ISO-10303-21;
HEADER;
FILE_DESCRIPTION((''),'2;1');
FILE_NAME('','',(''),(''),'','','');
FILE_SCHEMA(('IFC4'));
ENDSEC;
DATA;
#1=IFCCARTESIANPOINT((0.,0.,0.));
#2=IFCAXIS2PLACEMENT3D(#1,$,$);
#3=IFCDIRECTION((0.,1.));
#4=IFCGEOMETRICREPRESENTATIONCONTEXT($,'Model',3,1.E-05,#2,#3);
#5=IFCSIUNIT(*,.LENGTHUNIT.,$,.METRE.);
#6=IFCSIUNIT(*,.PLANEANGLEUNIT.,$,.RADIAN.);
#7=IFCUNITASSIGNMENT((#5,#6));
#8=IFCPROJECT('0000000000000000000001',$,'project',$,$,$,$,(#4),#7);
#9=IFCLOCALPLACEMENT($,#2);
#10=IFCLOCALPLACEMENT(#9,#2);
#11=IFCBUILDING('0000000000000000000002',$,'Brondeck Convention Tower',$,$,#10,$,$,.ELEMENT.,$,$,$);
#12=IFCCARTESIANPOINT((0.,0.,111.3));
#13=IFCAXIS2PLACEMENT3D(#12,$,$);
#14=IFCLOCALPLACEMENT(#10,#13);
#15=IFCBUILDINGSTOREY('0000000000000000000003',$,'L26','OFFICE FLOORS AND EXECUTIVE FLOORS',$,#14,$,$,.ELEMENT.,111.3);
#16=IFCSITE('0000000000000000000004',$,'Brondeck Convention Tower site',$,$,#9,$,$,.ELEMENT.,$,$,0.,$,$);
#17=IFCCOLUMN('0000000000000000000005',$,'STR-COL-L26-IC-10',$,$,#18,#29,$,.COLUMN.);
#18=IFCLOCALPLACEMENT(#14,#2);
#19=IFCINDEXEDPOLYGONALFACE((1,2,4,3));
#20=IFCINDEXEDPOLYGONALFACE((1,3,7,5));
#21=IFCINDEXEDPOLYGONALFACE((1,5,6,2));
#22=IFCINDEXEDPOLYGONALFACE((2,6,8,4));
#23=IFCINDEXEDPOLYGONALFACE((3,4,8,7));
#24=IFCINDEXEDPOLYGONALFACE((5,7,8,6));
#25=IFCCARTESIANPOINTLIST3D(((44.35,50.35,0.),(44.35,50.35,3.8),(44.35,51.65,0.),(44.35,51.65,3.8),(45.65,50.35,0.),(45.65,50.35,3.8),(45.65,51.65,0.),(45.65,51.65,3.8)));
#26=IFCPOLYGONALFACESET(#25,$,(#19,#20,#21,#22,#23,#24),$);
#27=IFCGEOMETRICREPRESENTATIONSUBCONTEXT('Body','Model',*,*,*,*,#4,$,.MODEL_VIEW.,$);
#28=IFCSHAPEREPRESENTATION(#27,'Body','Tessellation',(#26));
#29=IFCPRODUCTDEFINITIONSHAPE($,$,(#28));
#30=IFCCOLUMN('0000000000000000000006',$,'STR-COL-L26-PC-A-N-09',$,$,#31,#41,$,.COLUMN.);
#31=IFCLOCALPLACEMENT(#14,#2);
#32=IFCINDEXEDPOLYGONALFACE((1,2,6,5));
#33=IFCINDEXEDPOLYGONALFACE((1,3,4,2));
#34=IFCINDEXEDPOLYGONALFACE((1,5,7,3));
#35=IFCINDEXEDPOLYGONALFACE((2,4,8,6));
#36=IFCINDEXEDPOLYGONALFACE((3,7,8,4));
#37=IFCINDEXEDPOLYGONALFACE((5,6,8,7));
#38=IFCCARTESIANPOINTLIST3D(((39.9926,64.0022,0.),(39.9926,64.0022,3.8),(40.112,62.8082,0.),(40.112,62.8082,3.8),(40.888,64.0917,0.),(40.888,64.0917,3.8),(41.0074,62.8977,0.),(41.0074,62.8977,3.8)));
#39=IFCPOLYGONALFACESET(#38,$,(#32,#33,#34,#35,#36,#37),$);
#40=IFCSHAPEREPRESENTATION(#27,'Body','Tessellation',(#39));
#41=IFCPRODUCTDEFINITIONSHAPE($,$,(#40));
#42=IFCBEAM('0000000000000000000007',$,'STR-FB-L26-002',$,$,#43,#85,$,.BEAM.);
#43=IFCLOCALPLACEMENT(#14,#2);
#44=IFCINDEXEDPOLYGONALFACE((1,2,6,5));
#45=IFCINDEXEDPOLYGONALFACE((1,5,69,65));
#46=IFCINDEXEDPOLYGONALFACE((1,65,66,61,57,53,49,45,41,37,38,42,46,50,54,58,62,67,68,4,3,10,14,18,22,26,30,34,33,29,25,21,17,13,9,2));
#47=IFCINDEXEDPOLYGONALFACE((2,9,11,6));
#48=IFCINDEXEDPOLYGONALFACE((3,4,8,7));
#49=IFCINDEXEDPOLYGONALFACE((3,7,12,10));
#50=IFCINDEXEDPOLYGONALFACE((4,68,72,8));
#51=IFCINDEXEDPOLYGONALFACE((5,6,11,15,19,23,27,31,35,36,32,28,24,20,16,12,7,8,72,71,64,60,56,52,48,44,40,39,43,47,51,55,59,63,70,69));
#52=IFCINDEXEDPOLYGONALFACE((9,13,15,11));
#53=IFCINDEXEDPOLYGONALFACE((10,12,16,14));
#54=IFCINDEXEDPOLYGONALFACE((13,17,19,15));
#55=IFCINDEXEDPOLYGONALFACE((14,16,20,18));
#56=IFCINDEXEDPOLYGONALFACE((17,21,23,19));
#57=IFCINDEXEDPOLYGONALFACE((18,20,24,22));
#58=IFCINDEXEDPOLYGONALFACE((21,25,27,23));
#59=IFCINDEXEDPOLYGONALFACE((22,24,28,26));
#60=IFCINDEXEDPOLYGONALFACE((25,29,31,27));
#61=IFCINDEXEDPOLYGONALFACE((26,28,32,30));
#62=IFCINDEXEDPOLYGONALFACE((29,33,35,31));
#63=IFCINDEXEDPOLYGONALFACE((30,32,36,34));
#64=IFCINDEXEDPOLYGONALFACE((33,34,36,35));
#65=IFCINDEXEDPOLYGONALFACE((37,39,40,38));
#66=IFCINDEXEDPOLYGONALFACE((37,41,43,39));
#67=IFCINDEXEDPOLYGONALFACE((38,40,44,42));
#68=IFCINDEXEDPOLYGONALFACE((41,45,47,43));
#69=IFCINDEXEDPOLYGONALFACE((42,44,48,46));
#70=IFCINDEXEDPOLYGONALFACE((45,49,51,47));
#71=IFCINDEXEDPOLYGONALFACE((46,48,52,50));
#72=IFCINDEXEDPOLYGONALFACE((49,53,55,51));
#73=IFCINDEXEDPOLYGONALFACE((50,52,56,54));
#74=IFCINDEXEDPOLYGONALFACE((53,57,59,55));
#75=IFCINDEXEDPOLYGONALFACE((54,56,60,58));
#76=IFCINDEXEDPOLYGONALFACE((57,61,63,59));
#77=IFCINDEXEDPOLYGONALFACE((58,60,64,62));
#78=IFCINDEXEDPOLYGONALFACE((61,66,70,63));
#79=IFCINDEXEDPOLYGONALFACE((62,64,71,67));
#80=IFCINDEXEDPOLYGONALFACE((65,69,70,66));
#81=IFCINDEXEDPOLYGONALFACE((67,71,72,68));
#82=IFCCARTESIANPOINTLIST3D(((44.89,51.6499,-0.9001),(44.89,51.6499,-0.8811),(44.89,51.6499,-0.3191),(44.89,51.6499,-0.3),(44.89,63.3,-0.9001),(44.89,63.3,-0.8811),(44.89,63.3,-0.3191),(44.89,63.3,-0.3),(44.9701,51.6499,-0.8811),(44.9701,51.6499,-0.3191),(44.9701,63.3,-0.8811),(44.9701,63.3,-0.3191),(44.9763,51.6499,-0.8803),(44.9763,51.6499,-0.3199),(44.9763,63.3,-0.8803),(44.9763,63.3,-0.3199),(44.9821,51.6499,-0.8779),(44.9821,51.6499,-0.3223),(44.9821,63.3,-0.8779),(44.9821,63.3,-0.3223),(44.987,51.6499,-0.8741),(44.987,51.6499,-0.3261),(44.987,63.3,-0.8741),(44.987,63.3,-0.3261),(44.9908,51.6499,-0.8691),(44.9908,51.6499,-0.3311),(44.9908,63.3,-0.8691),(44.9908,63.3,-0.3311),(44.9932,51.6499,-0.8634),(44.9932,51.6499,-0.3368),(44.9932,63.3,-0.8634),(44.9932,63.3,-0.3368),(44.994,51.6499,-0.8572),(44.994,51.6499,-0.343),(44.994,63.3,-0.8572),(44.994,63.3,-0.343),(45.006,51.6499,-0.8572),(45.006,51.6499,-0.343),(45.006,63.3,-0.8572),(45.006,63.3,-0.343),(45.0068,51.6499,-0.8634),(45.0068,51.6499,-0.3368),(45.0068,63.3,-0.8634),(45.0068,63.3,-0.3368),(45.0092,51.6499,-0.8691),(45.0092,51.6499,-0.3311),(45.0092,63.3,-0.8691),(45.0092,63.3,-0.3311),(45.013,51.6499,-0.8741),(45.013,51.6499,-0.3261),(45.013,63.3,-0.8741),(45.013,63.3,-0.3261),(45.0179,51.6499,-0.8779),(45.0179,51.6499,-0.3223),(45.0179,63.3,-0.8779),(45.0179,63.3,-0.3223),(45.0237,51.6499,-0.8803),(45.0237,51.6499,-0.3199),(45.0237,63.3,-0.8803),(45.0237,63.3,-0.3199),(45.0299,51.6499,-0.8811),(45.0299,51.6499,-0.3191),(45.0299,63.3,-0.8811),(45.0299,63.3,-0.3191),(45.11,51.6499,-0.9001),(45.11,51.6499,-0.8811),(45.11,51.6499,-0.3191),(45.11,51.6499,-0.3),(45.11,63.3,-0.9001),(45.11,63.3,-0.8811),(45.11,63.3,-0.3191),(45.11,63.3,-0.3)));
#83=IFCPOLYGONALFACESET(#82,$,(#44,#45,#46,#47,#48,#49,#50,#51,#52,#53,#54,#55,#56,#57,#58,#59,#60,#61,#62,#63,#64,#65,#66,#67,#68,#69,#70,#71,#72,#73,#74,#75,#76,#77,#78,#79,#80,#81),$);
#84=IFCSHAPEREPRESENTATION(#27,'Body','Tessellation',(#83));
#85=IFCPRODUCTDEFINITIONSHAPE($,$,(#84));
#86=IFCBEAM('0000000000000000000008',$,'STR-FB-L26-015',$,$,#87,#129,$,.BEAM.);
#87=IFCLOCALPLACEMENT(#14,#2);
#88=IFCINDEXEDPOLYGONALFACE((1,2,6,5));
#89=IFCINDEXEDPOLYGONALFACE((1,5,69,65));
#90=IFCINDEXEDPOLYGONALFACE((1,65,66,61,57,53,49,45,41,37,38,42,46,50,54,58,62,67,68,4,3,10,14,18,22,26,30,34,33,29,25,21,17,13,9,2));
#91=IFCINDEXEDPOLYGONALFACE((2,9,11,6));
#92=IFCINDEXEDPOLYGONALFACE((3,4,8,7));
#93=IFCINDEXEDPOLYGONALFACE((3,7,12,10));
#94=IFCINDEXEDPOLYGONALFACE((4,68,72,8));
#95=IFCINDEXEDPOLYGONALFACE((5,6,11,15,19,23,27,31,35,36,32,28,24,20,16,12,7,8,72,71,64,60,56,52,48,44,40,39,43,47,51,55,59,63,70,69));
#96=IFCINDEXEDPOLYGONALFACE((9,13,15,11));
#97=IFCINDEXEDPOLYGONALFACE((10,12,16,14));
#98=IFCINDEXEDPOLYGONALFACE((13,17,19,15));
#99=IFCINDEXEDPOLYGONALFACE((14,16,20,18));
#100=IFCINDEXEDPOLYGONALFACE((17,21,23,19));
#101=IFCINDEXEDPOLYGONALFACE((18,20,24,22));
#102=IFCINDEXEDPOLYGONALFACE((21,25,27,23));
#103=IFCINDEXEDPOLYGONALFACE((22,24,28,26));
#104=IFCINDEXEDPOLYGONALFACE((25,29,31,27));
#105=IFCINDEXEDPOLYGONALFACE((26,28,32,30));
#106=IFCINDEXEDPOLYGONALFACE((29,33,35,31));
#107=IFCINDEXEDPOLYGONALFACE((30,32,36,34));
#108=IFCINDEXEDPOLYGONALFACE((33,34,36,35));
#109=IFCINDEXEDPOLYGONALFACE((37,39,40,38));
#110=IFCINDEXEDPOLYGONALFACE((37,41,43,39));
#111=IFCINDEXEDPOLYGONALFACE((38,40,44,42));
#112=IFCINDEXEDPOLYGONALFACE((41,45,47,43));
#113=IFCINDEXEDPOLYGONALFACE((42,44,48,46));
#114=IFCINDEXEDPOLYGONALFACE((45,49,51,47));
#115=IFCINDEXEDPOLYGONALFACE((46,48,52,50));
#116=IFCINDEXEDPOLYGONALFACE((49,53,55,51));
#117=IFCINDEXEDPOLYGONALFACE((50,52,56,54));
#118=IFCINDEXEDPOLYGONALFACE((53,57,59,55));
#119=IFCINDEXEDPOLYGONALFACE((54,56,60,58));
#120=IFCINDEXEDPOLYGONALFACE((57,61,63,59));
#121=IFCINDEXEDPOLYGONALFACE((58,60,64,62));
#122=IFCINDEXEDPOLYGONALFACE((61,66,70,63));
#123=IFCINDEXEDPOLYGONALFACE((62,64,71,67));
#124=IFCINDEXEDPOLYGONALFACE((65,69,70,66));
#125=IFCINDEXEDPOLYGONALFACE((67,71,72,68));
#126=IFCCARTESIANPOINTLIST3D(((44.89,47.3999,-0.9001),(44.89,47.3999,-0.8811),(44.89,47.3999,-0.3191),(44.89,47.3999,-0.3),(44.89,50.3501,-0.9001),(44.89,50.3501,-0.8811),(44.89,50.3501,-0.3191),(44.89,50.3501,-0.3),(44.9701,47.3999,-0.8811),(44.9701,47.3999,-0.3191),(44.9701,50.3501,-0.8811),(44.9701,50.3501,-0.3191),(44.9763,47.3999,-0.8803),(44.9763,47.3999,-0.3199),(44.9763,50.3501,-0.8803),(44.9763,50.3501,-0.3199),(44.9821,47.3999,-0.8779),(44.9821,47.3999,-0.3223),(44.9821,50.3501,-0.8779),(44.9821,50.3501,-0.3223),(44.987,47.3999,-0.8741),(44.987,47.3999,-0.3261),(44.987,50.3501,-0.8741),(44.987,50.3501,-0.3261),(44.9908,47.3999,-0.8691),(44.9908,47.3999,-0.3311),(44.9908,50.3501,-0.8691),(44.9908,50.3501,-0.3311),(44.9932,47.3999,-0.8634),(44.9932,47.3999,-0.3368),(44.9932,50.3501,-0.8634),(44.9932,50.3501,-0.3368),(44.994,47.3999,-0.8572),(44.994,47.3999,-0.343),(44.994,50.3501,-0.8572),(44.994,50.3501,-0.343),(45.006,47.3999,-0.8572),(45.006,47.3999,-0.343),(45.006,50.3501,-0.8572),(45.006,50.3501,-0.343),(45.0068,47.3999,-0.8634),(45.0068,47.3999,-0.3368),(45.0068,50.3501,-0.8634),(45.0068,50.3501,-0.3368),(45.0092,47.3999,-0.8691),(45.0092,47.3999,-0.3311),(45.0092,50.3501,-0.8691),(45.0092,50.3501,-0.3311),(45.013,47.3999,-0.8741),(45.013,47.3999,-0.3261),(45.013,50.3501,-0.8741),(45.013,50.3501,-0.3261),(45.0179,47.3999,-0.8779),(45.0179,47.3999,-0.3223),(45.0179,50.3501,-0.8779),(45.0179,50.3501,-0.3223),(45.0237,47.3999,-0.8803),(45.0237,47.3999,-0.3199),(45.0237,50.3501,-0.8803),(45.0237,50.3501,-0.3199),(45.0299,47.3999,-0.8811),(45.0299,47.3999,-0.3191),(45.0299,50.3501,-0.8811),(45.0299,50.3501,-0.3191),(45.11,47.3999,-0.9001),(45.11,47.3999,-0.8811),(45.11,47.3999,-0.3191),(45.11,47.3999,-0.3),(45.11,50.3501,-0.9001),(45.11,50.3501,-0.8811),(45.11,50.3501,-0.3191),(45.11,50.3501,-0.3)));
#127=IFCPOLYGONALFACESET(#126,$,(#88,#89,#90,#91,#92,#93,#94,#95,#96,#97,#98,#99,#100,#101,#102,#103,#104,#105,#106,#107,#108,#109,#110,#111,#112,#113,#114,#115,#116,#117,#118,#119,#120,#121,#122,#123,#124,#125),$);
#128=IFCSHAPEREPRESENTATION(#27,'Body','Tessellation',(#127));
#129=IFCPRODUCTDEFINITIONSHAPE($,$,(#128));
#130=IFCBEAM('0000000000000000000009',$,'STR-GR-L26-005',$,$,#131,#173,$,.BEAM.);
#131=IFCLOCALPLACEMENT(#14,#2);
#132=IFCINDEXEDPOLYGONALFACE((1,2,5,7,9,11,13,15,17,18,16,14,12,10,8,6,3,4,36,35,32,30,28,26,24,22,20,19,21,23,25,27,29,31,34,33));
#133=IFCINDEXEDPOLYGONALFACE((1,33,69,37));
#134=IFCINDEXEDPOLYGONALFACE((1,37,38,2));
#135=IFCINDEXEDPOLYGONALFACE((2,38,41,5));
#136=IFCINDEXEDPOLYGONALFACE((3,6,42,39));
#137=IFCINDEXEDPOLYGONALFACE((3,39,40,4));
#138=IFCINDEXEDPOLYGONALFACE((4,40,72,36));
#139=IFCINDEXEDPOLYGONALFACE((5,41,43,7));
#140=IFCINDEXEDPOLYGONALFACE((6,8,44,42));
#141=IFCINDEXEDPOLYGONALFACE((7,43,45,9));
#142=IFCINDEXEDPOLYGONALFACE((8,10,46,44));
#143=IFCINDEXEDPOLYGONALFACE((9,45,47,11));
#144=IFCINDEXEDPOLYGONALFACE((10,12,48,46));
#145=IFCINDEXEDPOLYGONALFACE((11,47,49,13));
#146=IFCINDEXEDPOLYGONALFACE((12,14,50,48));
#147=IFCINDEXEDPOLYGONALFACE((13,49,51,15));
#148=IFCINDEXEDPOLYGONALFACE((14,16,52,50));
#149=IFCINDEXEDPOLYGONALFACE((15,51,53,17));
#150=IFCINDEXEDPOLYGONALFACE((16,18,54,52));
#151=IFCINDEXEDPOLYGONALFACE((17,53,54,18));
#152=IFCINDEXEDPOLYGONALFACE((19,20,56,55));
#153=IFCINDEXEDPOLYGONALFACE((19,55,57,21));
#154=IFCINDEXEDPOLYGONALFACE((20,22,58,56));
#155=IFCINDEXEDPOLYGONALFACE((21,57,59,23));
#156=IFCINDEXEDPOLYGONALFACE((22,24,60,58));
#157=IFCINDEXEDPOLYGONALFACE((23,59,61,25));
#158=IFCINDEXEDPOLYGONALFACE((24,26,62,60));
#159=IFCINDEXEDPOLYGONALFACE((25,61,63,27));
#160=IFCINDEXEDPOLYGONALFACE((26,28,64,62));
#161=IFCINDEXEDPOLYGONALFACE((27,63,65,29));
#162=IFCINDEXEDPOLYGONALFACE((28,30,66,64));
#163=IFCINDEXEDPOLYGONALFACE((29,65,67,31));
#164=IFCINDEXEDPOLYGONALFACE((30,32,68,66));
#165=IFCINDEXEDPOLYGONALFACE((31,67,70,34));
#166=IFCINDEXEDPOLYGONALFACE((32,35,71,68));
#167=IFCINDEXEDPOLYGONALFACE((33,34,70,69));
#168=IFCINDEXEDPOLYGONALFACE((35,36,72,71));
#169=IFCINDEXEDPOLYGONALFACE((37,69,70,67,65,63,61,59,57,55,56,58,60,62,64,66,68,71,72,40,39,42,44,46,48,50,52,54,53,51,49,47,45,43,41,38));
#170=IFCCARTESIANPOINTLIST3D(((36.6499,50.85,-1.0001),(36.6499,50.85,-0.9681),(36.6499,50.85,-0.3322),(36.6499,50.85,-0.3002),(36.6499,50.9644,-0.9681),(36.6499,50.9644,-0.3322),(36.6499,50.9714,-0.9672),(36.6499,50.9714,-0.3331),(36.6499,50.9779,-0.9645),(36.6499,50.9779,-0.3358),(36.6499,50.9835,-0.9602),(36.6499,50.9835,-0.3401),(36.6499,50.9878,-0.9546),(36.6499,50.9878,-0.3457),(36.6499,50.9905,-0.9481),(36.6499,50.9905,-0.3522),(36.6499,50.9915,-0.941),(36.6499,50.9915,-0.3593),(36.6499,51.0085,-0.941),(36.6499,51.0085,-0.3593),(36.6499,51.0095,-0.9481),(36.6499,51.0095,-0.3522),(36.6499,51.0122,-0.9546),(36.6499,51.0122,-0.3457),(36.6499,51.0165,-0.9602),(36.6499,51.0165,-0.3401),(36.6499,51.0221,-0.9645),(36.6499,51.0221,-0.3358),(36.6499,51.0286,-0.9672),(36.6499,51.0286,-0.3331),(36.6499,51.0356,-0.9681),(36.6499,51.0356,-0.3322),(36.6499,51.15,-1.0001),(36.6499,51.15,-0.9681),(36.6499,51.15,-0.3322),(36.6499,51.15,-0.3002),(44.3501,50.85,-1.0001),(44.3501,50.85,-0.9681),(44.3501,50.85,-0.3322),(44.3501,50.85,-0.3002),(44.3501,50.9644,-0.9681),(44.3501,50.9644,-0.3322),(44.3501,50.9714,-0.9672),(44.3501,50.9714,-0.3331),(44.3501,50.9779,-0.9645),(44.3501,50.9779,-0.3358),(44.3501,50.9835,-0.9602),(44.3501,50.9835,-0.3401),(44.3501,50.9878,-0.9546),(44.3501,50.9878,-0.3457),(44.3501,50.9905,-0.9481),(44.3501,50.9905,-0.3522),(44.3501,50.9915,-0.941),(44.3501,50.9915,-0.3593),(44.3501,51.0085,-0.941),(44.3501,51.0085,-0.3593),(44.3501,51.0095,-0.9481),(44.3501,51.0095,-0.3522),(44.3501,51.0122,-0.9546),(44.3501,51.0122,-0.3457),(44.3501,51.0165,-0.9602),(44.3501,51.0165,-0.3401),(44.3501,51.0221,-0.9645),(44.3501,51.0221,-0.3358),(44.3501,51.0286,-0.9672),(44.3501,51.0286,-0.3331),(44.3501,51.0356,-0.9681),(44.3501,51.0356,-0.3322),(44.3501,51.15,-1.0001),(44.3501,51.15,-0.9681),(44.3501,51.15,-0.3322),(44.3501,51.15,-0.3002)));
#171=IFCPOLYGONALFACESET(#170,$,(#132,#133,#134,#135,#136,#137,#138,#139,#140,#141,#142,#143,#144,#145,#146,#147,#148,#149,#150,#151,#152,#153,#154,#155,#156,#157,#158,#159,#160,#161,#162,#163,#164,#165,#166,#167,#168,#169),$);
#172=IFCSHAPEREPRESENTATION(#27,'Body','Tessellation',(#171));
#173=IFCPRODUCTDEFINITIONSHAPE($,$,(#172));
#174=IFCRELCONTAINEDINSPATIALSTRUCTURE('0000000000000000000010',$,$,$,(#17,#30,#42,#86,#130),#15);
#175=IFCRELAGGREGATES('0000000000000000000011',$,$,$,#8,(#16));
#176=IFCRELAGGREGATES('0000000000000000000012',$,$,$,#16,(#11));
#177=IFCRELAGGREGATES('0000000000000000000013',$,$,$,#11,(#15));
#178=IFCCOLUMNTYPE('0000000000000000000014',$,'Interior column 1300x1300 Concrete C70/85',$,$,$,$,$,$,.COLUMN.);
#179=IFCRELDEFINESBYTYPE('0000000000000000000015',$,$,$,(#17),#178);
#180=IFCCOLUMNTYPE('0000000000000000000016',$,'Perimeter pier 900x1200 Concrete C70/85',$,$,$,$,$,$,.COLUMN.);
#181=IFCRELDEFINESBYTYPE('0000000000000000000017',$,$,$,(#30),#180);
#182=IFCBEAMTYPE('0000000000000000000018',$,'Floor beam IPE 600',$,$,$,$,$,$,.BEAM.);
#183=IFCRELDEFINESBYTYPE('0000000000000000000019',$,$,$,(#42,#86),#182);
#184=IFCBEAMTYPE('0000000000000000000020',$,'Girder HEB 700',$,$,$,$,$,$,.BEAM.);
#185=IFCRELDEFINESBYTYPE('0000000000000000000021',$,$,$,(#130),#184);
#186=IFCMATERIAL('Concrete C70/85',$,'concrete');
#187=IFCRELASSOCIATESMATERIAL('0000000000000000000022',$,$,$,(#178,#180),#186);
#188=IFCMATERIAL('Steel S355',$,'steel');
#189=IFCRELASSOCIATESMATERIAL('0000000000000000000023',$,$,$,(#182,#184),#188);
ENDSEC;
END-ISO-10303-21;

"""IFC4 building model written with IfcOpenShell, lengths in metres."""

from ifc_helpers import new_model, si_unit, direction, frame, origin, origin_2d, place, context, subcontext, project, spatial, rectangle, i_section, extrude, material, material_profile, profile_set, type_object, element, save


model = new_model("IFC4")

# Units and contexts
model_context = context("Model", 3, precision=1e-05, world=origin(), true_north=direction((0.0, 1.0)))
body_context = subcontext(model_context, "Body", "Model", "MODEL_VIEW")
ifc_project = project(units=[si_unit("LENGTHUNIT", "METRE"), si_unit("PLANEANGLEUNIT", "RADIAN")], contexts=[model_context])

# Site, building, storey
site_placement = place(None, origin())
site = spatial("IfcSite", under=ifc_project, at=site_placement, Name="Brondeck Convention Tower site", CompositionType="ELEMENT", RefElevation=0.0)
building_placement = place(site_placement, origin())
building = spatial("IfcBuilding", under=site, at=building_placement, Name="Brondeck Convention Tower", CompositionType="ELEMENT")
storey_placement = place(building_placement, frame((0.0, 0.0, 111.3)))
storey = spatial("IfcBuildingStorey", under=building, at=storey_placement, Name="L26", Description="OFFICE FLOORS AND EXECUTIVE FLOORS", CompositionType="ELEMENT", Elevation=111.3)

# Columns
ifc_material_1 = material(Name="Concrete C70/85", Category="concrete")
ifc_material_profile_1 = material_profile(ifc_material_1, rectangle(XDim=1.3, YDim=1.3, at=origin_2d()), Name="Interior column 1300x1300 Concrete C70/85")
ifc_profile_set_1 = profile_set([ifc_material_profile_1], Name="Concrete C70/85")
column_type_1 = type_object("IfcColumnType", Name="Interior column 1300x1300 Concrete C70/85", PredefinedType="COLUMN", material=ifc_profile_set_1)
column_1_placement = place(storey_placement, frame((45.0, 51.0, 0.0), z_axis=(0.0, 0.0, 1.0), x_axis=(1.0, 0.0, 0.0)))
element("IfcColumn", 1, at=column_1_placement, inside=storey, type_object=column_type_1, Name="STR-COL-L26-IC-10", PredefinedType="COLUMN", context=body_context, shape_type="SweptSolid", body=[
    extrude(rectangle(XDim=1.3, YDim=1.3, at=origin_2d()), origin(), (0.0, 0.0, 1.0), 3.8),
])
ifc_material_profile_2 = material_profile(ifc_material_1, rectangle(XDim=0.8999, YDim=1.2, at=origin_2d()), Name="Perimeter pier 900x1200 Concrete C70/85")
ifc_profile_set_2 = profile_set([ifc_material_profile_2], Name="Concrete C70/85")
column_type_2 = type_object("IfcColumnType", Name="Perimeter pier 900x1200 Concrete C70/85", PredefinedType="COLUMN", material=ifc_profile_set_2)
column_2_placement = place(storey_placement, frame((40.5, 63.45, 0.0), z_axis=(0.0, 0.0, 1.0), x_axis=(-0.995037, -0.099504, 0.0)))
element("IfcColumn", 2, at=column_2_placement, inside=storey, type_object=column_type_2, Name="STR-COL-L26-PC-A-N-09", PredefinedType="COLUMN", context=body_context, shape_type="SweptSolid", body=[
    extrude(rectangle(XDim=0.8999, YDim=1.2, at=origin_2d()), origin(), (0.0, 0.0, 1.0), 3.8),
])

# Beams
ifc_material_2 = material(Name="Steel S355", Category="steel")
ifc_material_profile_3 = material_profile(ifc_material_2, i_section(OverallWidth=0.22, OverallDepth=0.6001, WebThickness=0.012, FlangeThickness=0.019, FilletRadius=0.0239, at=origin_2d()), Name="IPE 600")
ifc_profile_set_3 = profile_set([ifc_material_profile_3], Name="Steel S355")
beam_type_1 = type_object("IfcBeamType", Name="Floor beam IPE 600", PredefinedType="BEAM", material=ifc_profile_set_3)
beam_1_placement = place(storey_placement, frame((45.0, 51.6499, -0.6001), z_axis=(0.0, 1.0, 0.0), x_axis=(-1.0, 0.0, 0.0)))
element("IfcBeam", 3, at=beam_1_placement, inside=storey, type_object=beam_type_1, Name="STR-FB-L26-002", PredefinedType="BEAM", context=body_context, shape_type="SweptSolid", body=[
    extrude(i_section(OverallWidth=0.22, OverallDepth=0.6001, WebThickness=0.012, FlangeThickness=0.019, FilletRadius=0.0239, at=origin_2d()), origin(), (0.0, 0.0, 1.0), 11.6501),
])
beam_2_placement = place(storey_placement, frame((45.0, 47.3999, -0.6001), z_axis=(0.0, 1.0, 0.0), x_axis=(-1.0, 0.0, 0.0)))
element("IfcBeam", 4, at=beam_2_placement, inside=storey, type_object=beam_type_1, Name="STR-FB-L26-015", PredefinedType="BEAM", context=body_context, shape_type="SweptSolid", body=[
    extrude(i_section(OverallWidth=0.22, OverallDepth=0.6001, WebThickness=0.012, FlangeThickness=0.019, FilletRadius=0.0239, at=origin_2d()), origin(), (0.0, 0.0, 1.0), 2.9502),
])
ifc_material_profile_4 = material_profile(ifc_material_2, i_section(OverallWidth=0.3, OverallDepth=0.7, WebThickness=0.0171, FlangeThickness=0.032, FilletRadius=0.0271, at=origin_2d()), Name="HEB 700")
ifc_profile_set_4 = profile_set([ifc_material_profile_4], Name="Steel S355")
beam_type_2 = type_object("IfcBeamType", Name="Girder HEB 700", PredefinedType="BEAM", material=ifc_profile_set_4)
beam_3_placement = place(storey_placement, frame((36.6499, 51.0, -0.6501), z_axis=(1.0, 0.0, 0.0), x_axis=(0.0, 1.0, 0.0)))
element("IfcBeam", 5, at=beam_3_placement, inside=storey, type_object=beam_type_2, Name="STR-GR-L26-005", PredefinedType="BEAM", context=body_context, shape_type="SweptSolid", body=[
    extrude(i_section(OverallWidth=0.3, OverallDepth=0.7, WebThickness=0.0171, FlangeThickness=0.032, FilletRadius=0.0271, at=origin_2d()), origin(), (0.0, 0.0, 1.0), 7.7002),
])

save(model, "model.ifc")
